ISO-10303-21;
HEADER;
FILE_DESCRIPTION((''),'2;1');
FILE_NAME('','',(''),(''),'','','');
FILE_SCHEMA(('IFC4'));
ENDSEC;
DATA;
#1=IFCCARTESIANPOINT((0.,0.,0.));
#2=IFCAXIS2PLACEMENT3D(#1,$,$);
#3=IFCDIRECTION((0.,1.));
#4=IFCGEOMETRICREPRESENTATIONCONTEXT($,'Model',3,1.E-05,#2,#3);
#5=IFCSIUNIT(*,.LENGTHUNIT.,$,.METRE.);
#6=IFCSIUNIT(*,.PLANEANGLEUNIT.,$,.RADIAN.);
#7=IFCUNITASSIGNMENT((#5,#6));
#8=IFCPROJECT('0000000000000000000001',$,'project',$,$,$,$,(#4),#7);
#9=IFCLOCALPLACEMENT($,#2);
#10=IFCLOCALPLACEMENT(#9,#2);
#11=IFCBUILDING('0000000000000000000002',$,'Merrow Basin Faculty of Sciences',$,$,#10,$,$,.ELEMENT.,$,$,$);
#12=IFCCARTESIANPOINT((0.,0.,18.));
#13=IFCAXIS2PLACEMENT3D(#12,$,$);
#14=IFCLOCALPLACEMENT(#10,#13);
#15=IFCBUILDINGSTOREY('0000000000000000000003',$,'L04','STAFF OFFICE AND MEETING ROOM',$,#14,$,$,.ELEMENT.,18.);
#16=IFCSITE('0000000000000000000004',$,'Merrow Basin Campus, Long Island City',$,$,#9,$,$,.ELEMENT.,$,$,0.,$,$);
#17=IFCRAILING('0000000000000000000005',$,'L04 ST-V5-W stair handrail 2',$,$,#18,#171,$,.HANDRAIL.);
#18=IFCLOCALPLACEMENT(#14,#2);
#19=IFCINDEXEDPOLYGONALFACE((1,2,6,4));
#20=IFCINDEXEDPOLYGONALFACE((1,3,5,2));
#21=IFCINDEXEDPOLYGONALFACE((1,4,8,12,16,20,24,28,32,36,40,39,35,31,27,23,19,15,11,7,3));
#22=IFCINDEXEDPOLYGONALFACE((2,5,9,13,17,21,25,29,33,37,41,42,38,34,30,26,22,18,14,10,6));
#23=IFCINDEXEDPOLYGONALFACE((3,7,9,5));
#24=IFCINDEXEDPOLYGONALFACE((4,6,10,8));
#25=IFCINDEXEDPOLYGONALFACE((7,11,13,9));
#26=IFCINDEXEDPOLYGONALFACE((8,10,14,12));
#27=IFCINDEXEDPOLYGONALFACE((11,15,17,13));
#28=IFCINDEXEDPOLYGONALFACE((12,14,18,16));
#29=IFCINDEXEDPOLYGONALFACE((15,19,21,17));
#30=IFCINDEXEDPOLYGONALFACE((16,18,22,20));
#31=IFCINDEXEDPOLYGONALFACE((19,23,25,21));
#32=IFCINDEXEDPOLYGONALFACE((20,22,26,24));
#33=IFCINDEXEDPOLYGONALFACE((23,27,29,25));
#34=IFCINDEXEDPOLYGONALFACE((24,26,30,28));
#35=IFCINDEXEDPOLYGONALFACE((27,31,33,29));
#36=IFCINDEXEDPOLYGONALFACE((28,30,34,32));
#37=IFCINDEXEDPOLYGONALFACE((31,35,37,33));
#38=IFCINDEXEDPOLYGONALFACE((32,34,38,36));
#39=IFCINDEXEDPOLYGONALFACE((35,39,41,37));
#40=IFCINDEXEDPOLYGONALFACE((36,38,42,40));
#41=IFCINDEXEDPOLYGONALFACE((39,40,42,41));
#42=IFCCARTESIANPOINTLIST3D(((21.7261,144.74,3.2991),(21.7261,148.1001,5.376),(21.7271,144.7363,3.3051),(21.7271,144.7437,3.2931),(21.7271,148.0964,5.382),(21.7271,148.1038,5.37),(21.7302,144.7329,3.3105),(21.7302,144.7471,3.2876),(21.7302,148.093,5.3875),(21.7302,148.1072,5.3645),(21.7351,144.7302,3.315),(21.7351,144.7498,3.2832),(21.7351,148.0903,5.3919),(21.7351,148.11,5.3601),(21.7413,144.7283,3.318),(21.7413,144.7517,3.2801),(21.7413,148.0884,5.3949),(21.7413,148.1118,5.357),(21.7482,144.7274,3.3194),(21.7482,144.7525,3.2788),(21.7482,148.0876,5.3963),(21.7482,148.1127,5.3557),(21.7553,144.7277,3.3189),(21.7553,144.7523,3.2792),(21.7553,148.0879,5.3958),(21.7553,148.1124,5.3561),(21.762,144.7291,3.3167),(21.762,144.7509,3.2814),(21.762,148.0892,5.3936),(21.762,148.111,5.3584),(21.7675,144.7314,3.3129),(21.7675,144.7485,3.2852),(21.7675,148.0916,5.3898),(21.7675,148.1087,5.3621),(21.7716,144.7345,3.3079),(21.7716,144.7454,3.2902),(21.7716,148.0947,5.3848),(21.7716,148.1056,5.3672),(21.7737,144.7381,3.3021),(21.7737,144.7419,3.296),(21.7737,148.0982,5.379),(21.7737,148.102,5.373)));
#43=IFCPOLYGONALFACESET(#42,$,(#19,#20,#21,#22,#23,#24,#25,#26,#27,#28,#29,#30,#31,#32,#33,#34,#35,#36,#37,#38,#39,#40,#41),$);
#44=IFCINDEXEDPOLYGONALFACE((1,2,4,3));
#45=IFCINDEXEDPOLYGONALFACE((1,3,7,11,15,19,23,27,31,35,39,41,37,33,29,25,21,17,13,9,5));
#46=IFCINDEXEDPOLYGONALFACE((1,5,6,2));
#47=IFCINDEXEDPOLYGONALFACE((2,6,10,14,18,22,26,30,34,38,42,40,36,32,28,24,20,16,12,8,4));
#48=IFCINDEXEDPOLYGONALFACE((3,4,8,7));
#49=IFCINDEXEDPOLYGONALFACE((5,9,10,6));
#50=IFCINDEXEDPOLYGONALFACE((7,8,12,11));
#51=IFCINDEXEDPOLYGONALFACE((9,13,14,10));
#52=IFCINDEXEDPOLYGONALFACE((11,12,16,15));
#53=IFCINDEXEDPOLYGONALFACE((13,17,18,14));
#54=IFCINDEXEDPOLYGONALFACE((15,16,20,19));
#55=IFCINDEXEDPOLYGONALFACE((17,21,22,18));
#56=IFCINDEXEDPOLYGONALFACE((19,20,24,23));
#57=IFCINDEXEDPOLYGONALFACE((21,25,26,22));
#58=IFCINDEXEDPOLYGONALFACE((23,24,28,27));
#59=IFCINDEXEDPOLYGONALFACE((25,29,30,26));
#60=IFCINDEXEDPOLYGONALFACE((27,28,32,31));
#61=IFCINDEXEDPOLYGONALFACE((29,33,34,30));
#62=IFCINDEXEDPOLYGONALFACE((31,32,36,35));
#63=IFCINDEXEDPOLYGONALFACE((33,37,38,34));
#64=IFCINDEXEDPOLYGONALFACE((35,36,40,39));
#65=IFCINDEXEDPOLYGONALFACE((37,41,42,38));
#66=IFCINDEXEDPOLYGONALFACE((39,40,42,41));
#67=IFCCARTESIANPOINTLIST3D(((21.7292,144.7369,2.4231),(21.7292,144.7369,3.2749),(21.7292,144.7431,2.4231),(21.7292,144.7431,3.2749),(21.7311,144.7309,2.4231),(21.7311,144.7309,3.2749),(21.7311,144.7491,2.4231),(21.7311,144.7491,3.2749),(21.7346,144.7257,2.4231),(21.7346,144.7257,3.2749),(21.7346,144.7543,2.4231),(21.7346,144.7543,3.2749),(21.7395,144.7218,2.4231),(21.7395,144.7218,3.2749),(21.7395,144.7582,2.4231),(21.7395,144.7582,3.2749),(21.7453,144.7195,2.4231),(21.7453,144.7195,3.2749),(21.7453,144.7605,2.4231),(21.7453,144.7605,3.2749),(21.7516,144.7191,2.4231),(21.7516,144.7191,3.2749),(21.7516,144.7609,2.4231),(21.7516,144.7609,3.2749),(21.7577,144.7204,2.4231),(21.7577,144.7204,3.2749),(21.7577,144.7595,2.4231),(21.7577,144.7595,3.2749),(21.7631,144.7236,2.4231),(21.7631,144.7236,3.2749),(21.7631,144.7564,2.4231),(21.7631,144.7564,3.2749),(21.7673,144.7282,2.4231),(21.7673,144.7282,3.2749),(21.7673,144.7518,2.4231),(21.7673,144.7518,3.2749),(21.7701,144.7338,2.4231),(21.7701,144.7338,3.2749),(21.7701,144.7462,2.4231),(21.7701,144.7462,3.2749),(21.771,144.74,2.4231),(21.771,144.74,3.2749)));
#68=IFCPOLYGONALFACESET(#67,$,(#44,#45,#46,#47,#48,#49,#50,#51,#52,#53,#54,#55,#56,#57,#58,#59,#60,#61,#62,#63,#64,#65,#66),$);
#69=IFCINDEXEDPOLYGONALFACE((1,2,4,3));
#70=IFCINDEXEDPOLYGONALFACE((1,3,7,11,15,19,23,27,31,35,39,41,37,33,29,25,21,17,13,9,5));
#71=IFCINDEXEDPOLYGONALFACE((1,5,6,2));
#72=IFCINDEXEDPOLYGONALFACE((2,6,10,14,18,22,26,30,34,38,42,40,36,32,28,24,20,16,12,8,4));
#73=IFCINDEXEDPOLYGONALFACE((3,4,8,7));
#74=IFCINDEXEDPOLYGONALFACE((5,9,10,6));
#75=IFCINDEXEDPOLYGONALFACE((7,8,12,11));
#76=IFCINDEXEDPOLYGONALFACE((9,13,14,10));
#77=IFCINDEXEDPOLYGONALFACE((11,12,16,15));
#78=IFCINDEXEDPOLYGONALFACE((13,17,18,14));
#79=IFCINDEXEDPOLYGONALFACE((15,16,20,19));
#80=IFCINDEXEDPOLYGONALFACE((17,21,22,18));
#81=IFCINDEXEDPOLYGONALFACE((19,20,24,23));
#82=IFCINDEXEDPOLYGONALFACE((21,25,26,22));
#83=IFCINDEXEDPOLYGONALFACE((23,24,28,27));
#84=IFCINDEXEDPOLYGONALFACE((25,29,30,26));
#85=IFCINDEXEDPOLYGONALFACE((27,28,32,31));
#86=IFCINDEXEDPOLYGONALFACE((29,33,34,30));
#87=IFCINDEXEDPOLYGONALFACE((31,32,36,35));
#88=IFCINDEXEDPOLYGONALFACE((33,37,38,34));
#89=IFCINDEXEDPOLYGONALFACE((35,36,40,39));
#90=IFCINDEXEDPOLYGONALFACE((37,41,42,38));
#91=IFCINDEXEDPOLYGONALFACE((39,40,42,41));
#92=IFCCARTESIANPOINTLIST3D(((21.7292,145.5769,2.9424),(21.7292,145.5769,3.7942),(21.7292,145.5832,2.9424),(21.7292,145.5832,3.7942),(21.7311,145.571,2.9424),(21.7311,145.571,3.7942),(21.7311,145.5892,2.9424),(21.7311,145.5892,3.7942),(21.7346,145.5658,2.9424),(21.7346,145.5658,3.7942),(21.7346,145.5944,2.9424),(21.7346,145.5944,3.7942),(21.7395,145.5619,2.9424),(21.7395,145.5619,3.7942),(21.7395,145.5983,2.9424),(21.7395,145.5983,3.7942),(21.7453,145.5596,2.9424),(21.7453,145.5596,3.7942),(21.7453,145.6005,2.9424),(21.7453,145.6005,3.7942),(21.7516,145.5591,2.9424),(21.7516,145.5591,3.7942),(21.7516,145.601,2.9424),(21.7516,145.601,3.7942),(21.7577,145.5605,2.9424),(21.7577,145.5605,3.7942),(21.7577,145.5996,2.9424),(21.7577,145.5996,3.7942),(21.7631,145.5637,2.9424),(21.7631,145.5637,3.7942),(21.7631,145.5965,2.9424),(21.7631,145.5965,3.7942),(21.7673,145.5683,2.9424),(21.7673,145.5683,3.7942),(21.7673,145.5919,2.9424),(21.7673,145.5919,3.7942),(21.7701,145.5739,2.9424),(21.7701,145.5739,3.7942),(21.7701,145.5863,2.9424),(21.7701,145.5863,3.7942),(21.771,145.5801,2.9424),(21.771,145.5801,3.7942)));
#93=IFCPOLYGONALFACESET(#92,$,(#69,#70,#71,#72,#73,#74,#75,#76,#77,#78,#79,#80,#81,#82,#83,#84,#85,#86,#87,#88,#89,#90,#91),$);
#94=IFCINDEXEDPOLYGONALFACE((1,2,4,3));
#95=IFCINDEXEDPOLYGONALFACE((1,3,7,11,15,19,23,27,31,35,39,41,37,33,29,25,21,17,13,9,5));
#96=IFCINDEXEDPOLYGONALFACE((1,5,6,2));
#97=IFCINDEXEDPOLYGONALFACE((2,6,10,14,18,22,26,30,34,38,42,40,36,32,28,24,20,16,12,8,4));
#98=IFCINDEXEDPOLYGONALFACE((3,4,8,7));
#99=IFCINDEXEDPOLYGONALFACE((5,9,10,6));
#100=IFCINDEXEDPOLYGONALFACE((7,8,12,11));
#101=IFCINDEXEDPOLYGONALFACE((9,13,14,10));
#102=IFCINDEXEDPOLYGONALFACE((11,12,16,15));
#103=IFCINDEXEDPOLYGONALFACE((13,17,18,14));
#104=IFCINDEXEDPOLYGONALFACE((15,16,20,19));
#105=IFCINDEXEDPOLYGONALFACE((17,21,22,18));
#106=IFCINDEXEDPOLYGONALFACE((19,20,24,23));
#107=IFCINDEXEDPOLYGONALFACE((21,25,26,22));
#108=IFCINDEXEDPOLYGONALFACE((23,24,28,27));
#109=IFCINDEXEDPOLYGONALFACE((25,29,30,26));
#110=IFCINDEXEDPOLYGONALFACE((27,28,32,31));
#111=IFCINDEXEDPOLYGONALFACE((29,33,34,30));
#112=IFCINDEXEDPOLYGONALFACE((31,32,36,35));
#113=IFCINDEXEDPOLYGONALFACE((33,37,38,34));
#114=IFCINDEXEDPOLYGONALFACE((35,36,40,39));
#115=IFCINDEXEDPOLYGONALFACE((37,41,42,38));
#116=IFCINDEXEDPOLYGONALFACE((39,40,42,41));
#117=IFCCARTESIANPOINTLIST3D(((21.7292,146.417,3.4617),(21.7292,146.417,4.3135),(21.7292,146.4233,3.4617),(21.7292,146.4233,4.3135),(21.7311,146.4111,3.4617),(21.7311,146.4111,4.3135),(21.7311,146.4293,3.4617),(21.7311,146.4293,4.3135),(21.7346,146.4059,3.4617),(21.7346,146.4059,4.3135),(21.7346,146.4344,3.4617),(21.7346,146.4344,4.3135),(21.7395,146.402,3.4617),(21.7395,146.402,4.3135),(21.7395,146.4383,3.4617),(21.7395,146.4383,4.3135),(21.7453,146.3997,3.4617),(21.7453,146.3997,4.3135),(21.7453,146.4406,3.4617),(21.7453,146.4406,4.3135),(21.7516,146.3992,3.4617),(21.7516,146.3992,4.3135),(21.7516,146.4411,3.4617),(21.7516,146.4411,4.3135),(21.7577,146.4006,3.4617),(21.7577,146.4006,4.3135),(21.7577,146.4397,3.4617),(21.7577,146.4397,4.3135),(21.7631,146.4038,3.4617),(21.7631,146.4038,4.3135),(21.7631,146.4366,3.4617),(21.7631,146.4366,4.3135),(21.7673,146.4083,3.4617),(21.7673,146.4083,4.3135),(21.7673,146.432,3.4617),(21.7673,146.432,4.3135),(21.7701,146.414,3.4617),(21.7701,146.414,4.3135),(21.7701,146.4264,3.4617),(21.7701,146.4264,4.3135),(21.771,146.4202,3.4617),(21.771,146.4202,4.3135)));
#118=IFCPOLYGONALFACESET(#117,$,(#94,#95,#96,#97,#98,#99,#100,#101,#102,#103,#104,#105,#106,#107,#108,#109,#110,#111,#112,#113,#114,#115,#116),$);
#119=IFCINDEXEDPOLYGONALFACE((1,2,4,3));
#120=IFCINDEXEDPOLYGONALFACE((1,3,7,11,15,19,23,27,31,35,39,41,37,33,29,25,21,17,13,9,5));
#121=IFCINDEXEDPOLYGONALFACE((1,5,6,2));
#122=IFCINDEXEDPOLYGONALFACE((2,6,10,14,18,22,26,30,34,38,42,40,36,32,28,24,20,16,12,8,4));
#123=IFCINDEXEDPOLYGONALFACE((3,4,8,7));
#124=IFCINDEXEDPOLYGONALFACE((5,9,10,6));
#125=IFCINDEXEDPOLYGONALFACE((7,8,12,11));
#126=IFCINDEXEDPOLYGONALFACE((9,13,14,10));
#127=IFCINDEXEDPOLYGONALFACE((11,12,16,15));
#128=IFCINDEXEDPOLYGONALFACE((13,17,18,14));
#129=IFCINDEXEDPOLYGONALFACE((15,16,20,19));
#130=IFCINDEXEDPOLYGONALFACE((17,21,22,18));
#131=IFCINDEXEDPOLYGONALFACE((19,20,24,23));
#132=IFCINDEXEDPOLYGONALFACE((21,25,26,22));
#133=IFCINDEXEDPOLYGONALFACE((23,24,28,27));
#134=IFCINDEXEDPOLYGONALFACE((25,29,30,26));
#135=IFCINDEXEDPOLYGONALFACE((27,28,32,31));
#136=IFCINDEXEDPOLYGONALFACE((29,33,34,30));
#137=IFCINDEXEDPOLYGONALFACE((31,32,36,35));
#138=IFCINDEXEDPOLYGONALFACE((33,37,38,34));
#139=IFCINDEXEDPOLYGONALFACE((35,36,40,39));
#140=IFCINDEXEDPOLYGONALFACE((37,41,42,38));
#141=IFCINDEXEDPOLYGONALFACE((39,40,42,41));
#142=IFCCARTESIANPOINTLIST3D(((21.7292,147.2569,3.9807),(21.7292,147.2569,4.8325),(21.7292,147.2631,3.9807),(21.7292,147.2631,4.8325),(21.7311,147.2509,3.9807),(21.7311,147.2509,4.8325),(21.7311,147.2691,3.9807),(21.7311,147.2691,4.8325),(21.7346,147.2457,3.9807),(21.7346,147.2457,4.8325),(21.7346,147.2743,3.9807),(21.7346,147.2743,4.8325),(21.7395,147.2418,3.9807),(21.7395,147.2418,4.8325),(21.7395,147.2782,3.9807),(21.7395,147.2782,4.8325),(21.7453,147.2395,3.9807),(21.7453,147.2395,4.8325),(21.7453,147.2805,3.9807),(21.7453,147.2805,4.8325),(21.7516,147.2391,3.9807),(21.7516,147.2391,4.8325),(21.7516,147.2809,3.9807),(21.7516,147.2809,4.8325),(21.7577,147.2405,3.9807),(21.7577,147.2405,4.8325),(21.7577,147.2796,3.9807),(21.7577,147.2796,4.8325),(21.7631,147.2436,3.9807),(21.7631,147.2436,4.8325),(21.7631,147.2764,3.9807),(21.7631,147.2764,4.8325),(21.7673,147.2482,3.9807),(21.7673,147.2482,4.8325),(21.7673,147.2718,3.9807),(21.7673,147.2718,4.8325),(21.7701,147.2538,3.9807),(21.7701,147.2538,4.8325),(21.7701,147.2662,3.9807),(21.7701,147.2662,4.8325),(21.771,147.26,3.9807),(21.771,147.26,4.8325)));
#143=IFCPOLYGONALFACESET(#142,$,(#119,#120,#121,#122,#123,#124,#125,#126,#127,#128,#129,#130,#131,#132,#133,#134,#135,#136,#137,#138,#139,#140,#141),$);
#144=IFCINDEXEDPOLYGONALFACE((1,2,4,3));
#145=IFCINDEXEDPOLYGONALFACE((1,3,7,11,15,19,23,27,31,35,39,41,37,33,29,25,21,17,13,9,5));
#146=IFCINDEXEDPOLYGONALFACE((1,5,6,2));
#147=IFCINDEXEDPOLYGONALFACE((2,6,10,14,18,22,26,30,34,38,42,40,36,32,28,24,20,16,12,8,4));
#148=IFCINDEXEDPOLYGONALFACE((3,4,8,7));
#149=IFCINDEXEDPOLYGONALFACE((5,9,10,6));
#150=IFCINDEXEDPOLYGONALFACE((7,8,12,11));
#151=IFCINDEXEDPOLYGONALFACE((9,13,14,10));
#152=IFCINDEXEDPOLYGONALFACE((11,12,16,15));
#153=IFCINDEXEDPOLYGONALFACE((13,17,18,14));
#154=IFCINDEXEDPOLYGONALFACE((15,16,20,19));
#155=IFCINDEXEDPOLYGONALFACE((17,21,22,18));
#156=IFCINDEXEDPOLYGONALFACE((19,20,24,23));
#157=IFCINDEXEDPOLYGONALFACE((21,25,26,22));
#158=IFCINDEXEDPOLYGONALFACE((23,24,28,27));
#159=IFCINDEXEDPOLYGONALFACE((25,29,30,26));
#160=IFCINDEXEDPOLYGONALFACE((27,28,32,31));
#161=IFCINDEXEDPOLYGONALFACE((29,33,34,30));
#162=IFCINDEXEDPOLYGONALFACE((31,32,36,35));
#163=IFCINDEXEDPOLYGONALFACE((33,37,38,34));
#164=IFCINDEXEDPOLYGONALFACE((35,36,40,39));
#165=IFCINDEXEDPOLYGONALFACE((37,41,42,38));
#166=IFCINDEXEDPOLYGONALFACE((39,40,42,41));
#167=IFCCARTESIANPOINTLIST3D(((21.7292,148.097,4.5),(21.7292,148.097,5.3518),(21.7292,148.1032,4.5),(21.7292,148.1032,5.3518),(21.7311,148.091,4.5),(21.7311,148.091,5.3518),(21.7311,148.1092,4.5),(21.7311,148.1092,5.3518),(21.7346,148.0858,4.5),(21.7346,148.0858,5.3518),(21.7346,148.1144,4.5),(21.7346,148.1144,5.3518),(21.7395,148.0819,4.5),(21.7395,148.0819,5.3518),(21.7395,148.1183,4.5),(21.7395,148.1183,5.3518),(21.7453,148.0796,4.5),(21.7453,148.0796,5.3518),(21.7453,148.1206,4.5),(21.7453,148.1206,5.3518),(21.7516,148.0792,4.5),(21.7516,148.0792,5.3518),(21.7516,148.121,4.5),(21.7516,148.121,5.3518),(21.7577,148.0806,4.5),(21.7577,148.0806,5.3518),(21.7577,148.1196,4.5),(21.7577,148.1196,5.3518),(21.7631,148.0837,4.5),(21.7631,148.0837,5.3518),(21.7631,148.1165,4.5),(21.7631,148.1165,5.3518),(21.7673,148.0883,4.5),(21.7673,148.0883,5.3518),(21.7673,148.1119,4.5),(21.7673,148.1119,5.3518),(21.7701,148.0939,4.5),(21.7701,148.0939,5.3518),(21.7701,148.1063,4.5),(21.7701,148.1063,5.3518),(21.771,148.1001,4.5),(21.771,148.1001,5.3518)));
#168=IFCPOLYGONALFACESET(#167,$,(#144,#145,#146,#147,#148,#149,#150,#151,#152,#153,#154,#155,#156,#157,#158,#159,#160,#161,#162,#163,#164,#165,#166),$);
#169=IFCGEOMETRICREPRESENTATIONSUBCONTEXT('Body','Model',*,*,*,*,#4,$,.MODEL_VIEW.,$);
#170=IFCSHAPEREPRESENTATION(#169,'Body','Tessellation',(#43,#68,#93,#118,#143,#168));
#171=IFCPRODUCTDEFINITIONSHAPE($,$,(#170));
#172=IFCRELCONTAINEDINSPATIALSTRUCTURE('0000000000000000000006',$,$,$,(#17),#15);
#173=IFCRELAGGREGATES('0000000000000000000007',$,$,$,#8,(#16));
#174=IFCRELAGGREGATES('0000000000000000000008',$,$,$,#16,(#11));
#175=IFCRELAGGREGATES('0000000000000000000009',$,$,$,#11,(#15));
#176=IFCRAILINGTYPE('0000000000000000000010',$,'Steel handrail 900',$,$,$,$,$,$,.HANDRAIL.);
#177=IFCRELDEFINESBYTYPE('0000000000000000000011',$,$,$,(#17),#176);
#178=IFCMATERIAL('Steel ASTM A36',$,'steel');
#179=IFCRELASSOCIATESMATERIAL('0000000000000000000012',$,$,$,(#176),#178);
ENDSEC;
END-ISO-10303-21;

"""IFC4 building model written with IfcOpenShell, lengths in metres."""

from ifc_helpers import new_model, si_unit, direction, frame, origin, origin_2d, place, context, subcontext, project, spatial, circle, extrude, material, type_object, element, save


model = new_model("IFC4")

# Units and contexts
model_context = context("Model", 3, precision=1e-05, world=origin(), true_north=direction((0.0, 1.0)))
body_context = subcontext(model_context, "Body", "Model", "MODEL_VIEW")
ifc_project = project(units=[si_unit("LENGTHUNIT", "METRE"), si_unit("PLANEANGLEUNIT", "RADIAN")], contexts=[model_context])

# Site, building, storey
site_placement = place(None, origin())
site = spatial("IfcSite", under=ifc_project, at=site_placement, Name="Merrow Basin Campus, Long Island City", CompositionType="ELEMENT", RefElevation=0.0)
building_placement = place(site_placement, origin())
building = spatial("IfcBuilding", under=site, at=building_placement, Name="Merrow Basin Faculty of Sciences", CompositionType="ELEMENT")
storey_placement = place(building_placement, frame((0.0, 0.0, 18.0)))
storey = spatial("IfcBuildingStorey", under=building, at=storey_placement, Name="L04", Description="STAFF OFFICE AND MEETING ROOM", CompositionType="ELEMENT", Elevation=18.0)

# Railing
ifc_material_1 = material(Name="Steel ASTM A36", Category="steel")
railing_type_1 = type_object("IfcRailingType", Name="Steel handrail 900", PredefinedType="HANDRAIL", material=ifc_material_1)
railing_1_placement = place(storey_placement, frame((21.75, 144.74, 2.4231)))
element("IfcRailing", 1, at=railing_1_placement, inside=storey, type_object=railing_type_1, Name="L04 ST-V5-W stair handrail 2", PredefinedType="HANDRAIL", context=body_context, shape_type="SweptSolid", body=[
    extrude(circle(Radius=0.0239, at=origin_2d()), frame((0.0, 0.0, 0.876), z_axis=(0.0, 0.850623, 0.525776), x_axis=(-1.0, 0.0, 0.0)), (0.0, 0.0, 1.0), 3.9502),
    extrude(circle(Radius=0.021, at=origin_2d()), origin(), (0.0, 0.0, 1.0), 0.8518),
    extrude(circle(Radius=0.021, at=origin_2d()), frame((0.0, 0.8401, 0.5193)), (0.0, 0.0, 1.0), 0.8518),
    extrude(circle(Radius=0.021, at=origin_2d()), frame((0.0, 1.6802, 1.0386)), (0.0, 0.0, 1.0), 0.8518),
    extrude(circle(Radius=0.021, at=origin_2d()), frame((0.0, 2.52, 1.5576)), (0.0, 0.0, 1.0), 0.8518),
    extrude(circle(Radius=0.021, at=origin_2d()), frame((0.0, 3.3601, 2.0769)), (0.0, 0.0, 1.0), 0.8518),
])

save(model, "model.ifc")
